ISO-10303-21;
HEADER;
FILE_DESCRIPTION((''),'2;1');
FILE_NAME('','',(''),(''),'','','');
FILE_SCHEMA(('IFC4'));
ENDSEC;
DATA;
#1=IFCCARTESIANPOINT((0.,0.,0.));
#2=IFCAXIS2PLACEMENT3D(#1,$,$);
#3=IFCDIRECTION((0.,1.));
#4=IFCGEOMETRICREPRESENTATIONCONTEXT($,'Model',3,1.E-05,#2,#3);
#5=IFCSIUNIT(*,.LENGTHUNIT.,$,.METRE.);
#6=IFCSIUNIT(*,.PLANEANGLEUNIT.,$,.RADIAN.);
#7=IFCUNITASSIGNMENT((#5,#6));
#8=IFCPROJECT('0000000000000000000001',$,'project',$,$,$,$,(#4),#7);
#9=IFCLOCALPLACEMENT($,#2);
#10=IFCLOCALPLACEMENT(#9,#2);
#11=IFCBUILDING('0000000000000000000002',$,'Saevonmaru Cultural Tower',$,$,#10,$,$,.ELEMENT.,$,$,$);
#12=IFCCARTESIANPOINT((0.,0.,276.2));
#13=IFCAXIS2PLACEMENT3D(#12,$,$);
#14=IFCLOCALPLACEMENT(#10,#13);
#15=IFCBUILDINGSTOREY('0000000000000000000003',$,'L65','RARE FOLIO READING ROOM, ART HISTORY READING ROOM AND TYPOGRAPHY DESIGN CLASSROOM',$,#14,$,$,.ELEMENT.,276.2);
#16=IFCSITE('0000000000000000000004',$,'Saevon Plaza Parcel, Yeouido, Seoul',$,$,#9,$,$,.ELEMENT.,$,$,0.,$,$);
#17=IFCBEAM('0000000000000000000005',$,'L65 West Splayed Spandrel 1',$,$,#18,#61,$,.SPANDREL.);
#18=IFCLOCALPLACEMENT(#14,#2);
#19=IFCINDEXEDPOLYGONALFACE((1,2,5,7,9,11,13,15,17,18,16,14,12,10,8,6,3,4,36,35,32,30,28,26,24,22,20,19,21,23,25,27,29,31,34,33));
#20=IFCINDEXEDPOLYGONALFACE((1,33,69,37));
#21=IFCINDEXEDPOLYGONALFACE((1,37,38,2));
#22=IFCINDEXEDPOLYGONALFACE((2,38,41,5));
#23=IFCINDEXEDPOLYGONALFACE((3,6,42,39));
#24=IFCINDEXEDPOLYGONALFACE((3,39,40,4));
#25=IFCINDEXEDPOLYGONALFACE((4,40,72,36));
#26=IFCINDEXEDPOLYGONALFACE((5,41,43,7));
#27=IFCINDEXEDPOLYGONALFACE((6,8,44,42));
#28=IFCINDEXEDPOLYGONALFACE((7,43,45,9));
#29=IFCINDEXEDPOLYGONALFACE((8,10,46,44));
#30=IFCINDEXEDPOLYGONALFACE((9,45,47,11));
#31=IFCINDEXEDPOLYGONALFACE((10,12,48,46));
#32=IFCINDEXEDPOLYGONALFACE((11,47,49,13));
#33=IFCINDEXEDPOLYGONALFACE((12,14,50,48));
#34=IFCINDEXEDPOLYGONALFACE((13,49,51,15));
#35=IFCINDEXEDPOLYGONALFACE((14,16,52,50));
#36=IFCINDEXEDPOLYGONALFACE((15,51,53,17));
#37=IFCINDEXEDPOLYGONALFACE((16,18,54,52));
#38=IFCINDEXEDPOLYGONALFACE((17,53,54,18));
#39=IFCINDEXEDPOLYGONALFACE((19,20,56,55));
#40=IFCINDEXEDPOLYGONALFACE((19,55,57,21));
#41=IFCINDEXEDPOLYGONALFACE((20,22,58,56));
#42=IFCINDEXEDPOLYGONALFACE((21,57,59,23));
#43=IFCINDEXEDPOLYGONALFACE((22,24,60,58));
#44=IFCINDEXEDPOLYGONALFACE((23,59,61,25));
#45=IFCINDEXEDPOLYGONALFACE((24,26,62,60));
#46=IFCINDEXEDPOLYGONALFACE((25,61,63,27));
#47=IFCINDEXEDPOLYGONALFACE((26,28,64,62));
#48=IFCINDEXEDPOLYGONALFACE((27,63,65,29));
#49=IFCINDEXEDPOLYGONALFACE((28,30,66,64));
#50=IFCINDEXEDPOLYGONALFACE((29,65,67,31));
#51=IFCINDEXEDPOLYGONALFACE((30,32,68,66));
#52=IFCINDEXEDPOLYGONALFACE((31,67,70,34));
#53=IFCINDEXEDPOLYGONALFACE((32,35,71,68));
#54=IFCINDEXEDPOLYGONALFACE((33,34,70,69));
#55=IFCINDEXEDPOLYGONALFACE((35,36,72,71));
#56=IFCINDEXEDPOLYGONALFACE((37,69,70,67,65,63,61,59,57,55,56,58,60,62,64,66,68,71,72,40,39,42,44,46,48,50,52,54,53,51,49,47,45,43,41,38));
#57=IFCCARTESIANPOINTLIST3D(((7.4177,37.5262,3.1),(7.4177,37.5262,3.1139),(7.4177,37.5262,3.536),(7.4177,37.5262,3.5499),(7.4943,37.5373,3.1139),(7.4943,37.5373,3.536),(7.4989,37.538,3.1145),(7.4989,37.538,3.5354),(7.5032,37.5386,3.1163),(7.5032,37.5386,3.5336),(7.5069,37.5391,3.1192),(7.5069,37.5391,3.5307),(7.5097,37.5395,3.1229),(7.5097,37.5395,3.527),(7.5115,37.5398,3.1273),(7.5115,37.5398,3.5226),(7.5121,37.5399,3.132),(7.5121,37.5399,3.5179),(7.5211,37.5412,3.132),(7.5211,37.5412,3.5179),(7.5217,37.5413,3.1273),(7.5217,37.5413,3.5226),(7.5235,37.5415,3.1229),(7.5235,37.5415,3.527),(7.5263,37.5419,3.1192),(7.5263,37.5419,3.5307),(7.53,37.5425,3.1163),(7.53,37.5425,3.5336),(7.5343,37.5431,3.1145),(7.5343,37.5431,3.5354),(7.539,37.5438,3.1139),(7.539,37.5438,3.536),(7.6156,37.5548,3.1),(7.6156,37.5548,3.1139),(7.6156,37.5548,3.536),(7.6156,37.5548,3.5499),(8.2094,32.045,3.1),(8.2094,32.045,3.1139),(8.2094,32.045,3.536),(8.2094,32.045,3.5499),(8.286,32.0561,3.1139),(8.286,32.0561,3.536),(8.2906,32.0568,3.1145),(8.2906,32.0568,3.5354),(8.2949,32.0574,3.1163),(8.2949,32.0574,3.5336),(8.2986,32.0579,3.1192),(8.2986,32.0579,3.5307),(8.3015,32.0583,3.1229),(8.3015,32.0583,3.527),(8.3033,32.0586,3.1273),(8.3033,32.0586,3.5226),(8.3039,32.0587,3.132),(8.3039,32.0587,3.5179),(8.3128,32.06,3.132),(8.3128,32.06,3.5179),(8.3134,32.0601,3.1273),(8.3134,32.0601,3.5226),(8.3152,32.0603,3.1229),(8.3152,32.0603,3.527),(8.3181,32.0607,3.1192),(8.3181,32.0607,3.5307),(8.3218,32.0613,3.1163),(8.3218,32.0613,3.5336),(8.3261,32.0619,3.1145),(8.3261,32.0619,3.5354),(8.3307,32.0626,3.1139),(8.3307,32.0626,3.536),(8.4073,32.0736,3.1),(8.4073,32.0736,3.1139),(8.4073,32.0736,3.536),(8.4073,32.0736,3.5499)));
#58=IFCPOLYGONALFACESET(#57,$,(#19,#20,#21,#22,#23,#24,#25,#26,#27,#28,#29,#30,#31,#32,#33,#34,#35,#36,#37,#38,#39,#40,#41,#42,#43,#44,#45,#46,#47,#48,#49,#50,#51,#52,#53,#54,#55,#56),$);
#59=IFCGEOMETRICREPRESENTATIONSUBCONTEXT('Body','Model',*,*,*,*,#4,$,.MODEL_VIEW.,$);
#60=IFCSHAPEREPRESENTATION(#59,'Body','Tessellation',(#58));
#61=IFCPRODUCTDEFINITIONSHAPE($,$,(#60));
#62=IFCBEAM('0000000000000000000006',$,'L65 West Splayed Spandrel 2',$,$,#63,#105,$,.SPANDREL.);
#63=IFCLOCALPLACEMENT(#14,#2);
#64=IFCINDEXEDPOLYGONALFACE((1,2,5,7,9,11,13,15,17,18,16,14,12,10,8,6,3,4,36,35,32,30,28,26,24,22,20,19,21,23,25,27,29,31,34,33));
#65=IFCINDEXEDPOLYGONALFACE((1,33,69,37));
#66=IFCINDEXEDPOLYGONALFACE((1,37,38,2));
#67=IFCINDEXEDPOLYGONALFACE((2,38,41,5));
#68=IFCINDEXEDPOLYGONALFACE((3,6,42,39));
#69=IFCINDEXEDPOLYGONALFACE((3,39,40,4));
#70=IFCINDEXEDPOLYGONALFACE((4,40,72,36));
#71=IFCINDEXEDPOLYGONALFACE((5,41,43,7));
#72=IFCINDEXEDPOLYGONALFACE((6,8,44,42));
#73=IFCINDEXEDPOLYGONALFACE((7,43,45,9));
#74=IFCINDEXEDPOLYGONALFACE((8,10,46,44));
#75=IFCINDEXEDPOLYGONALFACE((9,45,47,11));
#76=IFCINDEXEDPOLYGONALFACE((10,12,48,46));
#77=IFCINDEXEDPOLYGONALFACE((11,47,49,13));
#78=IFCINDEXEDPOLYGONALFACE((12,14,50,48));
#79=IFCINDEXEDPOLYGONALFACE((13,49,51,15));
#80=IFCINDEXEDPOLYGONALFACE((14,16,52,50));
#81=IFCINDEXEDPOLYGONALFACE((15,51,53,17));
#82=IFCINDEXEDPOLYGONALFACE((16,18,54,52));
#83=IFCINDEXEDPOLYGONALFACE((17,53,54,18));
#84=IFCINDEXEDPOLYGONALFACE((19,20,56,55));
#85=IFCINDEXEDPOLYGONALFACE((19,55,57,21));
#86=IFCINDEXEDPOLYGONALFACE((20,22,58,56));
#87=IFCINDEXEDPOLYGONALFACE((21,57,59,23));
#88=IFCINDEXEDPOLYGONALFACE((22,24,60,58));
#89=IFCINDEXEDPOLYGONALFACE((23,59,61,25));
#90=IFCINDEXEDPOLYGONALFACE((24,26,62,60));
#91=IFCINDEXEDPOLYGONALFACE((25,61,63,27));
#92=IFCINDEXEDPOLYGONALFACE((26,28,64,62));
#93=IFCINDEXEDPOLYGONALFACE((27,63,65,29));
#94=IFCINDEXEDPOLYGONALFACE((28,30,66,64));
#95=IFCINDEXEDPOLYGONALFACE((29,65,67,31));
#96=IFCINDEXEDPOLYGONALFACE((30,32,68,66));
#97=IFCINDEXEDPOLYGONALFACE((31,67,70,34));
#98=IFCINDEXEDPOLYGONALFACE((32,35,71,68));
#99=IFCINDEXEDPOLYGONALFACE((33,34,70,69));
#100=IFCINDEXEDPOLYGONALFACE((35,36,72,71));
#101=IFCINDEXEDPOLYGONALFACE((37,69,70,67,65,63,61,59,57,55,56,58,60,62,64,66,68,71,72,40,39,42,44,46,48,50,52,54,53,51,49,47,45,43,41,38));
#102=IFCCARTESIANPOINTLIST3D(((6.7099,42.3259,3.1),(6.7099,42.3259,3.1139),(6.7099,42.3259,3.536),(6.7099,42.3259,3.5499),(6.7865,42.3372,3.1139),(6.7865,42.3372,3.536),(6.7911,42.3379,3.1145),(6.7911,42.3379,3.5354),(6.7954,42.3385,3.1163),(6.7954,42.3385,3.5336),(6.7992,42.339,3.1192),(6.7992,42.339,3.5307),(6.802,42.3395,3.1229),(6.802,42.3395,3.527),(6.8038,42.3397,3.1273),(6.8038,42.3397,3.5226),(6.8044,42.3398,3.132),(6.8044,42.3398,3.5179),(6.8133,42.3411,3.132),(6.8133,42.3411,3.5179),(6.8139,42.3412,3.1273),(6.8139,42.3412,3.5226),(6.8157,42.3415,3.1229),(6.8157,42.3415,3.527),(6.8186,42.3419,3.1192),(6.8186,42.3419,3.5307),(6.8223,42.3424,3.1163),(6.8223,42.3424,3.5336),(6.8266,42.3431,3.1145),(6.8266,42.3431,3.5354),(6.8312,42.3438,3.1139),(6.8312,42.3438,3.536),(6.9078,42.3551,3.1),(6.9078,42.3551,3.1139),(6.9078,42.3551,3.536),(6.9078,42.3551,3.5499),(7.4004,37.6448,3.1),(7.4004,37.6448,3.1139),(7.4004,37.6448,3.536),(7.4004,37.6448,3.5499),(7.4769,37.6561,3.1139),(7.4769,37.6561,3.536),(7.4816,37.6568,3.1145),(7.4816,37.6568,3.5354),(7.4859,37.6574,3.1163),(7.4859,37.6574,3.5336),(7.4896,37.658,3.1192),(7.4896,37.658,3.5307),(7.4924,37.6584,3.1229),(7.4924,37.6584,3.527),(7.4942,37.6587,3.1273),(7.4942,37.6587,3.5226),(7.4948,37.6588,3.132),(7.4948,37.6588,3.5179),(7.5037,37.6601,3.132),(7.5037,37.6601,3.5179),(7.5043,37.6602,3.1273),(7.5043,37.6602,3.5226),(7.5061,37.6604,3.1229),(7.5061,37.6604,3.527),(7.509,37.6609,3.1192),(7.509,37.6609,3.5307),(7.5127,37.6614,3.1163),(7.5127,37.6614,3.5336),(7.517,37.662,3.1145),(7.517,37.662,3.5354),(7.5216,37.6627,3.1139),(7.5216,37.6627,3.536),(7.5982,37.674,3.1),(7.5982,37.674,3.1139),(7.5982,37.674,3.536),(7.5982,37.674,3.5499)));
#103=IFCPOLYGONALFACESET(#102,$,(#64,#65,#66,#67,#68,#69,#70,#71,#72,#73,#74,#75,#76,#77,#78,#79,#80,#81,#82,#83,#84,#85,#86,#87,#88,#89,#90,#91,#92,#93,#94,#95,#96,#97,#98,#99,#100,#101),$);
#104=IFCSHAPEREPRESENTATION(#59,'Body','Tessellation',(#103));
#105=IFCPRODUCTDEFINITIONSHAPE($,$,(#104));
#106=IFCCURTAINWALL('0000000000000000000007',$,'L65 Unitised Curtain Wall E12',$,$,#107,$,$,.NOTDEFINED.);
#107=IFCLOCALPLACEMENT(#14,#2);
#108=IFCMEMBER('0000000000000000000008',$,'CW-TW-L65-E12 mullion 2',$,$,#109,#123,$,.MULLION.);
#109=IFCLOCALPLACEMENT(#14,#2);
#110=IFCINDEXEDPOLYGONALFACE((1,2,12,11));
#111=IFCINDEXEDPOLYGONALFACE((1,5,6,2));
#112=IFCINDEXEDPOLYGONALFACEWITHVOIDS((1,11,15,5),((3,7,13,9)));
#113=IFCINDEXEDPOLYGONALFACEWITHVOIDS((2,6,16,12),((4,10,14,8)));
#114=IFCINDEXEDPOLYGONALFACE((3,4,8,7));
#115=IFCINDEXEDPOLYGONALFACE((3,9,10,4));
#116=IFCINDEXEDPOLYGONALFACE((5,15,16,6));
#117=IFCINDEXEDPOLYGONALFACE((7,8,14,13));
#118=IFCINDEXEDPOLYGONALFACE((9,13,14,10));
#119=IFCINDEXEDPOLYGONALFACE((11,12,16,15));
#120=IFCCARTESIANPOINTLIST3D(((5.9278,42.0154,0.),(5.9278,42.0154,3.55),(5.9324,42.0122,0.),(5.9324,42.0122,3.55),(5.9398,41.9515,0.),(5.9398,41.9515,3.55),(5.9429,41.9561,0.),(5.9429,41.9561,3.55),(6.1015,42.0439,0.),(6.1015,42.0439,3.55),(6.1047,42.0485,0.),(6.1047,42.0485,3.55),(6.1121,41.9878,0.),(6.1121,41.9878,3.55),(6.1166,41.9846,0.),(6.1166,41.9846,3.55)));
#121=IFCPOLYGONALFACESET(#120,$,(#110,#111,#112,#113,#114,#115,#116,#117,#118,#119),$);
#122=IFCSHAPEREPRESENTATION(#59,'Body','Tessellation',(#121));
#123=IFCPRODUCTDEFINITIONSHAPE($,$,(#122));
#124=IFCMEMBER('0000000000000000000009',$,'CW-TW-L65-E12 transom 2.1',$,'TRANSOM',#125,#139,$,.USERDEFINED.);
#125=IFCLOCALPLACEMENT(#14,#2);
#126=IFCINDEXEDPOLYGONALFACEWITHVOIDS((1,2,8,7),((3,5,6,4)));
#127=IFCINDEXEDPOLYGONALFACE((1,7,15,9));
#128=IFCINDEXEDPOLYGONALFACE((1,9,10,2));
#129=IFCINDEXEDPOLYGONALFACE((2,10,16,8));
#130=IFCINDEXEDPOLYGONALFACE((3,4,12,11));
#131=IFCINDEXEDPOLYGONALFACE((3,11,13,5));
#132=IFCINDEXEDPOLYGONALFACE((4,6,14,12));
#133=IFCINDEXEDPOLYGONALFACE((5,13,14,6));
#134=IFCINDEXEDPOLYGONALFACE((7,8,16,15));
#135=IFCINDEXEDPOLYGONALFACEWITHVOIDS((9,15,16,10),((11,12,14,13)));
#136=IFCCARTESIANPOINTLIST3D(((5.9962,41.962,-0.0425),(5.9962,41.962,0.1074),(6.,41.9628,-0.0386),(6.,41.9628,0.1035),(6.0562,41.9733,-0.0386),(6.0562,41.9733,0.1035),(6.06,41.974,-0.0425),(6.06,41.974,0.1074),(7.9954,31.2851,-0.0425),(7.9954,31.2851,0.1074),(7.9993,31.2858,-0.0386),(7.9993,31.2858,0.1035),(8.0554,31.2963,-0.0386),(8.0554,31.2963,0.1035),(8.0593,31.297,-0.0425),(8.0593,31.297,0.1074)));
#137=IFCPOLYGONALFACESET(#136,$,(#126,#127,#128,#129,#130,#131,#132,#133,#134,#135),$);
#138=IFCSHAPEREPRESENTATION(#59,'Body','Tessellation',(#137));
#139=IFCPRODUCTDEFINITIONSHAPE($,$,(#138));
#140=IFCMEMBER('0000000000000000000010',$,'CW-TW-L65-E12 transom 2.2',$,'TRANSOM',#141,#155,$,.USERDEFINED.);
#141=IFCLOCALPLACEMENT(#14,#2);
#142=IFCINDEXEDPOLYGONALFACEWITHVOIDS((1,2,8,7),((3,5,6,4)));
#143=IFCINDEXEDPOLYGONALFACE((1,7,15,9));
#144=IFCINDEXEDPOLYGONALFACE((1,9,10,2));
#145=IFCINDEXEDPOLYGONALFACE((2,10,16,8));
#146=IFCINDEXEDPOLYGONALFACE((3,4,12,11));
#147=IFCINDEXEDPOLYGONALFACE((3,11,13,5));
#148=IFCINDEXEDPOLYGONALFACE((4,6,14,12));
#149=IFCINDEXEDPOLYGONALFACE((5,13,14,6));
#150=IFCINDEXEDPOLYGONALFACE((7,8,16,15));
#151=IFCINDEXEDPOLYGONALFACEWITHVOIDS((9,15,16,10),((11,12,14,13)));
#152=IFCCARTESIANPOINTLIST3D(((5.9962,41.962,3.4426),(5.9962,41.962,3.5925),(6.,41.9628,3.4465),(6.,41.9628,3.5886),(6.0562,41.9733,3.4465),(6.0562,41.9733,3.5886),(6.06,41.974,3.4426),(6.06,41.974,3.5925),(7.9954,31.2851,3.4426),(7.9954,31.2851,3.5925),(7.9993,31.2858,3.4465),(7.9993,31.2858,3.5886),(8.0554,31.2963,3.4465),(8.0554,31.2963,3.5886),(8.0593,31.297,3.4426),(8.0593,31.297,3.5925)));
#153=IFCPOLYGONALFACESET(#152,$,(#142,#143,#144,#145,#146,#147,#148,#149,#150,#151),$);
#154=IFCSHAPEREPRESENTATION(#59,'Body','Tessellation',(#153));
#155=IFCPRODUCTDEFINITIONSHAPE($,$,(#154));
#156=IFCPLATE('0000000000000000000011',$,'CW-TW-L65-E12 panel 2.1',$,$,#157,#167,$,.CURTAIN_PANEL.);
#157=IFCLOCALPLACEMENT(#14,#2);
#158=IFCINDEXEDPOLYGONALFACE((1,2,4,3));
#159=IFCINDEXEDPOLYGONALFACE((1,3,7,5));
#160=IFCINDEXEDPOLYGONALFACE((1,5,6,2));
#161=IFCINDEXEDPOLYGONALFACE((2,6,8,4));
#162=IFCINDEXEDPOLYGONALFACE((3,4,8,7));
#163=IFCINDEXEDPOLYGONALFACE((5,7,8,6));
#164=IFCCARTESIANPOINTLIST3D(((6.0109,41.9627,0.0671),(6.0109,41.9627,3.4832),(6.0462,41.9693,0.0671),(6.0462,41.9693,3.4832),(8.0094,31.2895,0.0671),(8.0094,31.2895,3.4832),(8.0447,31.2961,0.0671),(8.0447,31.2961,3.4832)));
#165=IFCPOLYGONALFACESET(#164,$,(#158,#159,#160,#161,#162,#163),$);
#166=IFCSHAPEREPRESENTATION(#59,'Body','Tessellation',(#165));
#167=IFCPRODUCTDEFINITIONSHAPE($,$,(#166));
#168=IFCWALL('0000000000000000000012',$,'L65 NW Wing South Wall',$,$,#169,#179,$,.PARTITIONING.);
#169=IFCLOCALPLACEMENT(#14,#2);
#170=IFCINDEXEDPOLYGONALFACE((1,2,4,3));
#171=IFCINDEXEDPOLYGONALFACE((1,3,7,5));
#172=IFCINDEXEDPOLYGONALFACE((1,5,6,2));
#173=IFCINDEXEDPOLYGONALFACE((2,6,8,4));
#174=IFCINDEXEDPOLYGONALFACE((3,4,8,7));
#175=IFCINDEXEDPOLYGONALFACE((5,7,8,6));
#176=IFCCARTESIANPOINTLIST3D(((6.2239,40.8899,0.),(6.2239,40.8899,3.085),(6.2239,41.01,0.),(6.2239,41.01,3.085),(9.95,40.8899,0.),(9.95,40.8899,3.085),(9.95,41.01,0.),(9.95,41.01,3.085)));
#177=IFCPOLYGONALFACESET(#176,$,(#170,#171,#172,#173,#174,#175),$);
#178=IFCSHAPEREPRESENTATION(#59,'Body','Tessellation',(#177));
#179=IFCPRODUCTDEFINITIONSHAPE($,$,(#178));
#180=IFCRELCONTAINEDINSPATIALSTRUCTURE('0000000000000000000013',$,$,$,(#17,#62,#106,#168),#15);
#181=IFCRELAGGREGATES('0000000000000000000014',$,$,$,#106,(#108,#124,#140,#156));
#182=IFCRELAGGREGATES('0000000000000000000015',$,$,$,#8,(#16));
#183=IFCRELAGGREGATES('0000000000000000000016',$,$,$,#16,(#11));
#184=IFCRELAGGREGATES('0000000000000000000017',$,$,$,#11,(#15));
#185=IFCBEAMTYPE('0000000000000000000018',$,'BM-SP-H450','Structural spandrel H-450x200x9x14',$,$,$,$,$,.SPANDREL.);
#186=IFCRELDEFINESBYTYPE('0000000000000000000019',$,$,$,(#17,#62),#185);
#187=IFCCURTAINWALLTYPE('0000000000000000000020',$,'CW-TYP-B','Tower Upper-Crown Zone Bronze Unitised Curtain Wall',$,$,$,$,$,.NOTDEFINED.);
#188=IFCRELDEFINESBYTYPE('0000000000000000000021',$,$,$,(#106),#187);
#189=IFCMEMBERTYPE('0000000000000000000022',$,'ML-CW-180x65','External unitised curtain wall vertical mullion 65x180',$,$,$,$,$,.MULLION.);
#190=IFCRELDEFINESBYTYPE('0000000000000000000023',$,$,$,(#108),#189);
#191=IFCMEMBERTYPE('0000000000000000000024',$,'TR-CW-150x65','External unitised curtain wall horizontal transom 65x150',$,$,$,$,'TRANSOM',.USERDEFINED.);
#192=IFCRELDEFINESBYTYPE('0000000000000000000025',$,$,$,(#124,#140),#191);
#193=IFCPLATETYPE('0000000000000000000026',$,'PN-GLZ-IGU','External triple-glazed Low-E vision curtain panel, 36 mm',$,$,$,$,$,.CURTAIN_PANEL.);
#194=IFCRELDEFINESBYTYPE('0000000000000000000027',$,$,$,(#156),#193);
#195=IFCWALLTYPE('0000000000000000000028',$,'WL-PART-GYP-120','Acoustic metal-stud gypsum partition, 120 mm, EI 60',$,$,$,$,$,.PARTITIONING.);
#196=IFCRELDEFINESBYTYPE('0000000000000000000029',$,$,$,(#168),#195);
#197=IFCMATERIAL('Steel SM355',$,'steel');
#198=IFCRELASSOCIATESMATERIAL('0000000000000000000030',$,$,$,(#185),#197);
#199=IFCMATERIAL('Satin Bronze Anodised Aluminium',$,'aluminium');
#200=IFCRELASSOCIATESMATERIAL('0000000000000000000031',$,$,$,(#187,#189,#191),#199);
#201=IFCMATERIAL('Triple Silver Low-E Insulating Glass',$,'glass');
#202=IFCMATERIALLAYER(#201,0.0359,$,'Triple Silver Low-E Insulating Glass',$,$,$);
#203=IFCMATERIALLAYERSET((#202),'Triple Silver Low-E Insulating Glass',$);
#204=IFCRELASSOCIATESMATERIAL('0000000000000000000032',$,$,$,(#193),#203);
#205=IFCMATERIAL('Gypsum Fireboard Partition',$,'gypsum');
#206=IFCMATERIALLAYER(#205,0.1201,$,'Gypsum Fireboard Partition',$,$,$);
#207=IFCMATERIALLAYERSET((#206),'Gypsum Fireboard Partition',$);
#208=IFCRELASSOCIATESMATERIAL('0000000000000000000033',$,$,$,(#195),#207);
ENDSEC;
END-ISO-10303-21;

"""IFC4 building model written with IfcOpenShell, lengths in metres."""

from ifc_helpers import new_model, si_unit, direction, frame, frame_2d, origin, origin_2d, place, context, subcontext, project, spatial, rectangle, hollow_rectangle, i_section, extrude, material, layer, layer_set, material_profile, profile_set, type_object, element, aggregate, save


model = new_model("IFC4")

# Units and contexts
model_context = context("Model", 3, precision=1e-05, world=origin(), true_north=direction((0.0, 1.0)))
body_context = subcontext(model_context, "Body", "Model", "MODEL_VIEW")
ifc_project = project(units=[si_unit("LENGTHUNIT", "METRE"), si_unit("PLANEANGLEUNIT", "RADIAN")], contexts=[model_context])

# Site, building, storey
site_placement = place(None, origin())
site = spatial("IfcSite", under=ifc_project, at=site_placement, Name="Saevon Plaza Parcel, Yeouido, Seoul", CompositionType="ELEMENT", RefElevation=0.0)
building_placement = place(site_placement, origin())
building = spatial("IfcBuilding", under=site, at=building_placement, Name="Saevonmaru Cultural Tower", CompositionType="ELEMENT")
storey_placement = place(building_placement, frame((0.0, 0.0, 276.2)))
storey = spatial("IfcBuildingStorey", under=building, at=storey_placement, Name="L65", Description="RARE FOLIO READING ROOM, ART HISTORY READING ROOM AND TYPOGRAPHY DESIGN CLASSROOM", CompositionType="ELEMENT", Elevation=276.2)

# Shared definitions
ifc_material_1 = material(Name="Steel SM355", Category="steel")

# Beams
ifc_material_profile_1 = material_profile(ifc_material_1, i_section(OverallWidth=0.2, OverallDepth=0.45, WebThickness=0.009, FlangeThickness=0.0139, FilletRadius=0.0181, at=origin_2d()), Name="H-450x200x9x14")
ifc_profile_set_1 = profile_set([ifc_material_profile_1], Name="Steel SM355")
beam_type_1 = type_object("IfcBeamType", Name="BM-SP-H450", Description="Structural spandrel H-450x200x9x14", PredefinedType="SPANDREL", material=ifc_profile_set_1)
beam_1_placement = place(storey_placement, frame((8.3083, 32.0593, 3.325), z_axis=(-0.142964, 0.989728, 0.0), x_axis=(-0.989728, -0.142964, 0.0)))
element("IfcBeam", 1, at=beam_1_placement, inside=storey, type_object=beam_type_1, Name="L65 West Splayed Spandrel 1", PredefinedType="SPANDREL", context=body_context, shape_type="SweptSolid", body=[
    extrude(i_section(OverallWidth=0.2, OverallDepth=0.45, WebThickness=0.009, FlangeThickness=0.0139, FilletRadius=0.0181, at=origin_2d()), origin(), (0.0, 0.0, 1.0), 5.5381),
])
beam_2_placement = place(storey_placement, frame((7.4993, 37.6594, 3.325), z_axis=(-0.145913, 0.989297, 0.0), x_axis=(-0.989297, -0.145913, 0.0)))
element("IfcBeam", 2, at=beam_2_placement, inside=storey, type_object=beam_type_1, Name="L65 West Splayed Spandrel 2", PredefinedType="SPANDREL", context=body_context, shape_type="SweptSolid", body=[
    extrude(i_section(OverallWidth=0.2, OverallDepth=0.45, WebThickness=0.009, FlangeThickness=0.0139, FilletRadius=0.0181, at=origin_2d()), origin(), (0.0, 0.0, 1.0), 4.7317),
])

# Curtain wall, members, plate
ifc_material_2 = material(Name="Satin Bronze Anodised Aluminium", Category="aluminium")
curtain_wall_type = type_object("IfcCurtainWallType", Name="CW-TYP-B", Description="Tower Upper-Crown Zone Bronze Unitised Curtain Wall", PredefinedType="NOTDEFINED", material=ifc_material_2)
curtain_wall_placement = place(storey_placement, origin())
curtain_wall = element("IfcCurtainWall", 3, at=curtain_wall_placement, inside=storey, type_object=curtain_wall_type, Name="L65 Unitised Curtain Wall E12", PredefinedType="NOTDEFINED")
ifc_material_profile_2 = material_profile(ifc_material_2, hollow_rectangle(XDim=0.0649, YDim=0.1799, WallThickness=0.0039, at=origin_2d()), Name="ALU-MULL-180x65x4")
ifc_profile_set_2 = profile_set([ifc_material_profile_2], Name="Satin Bronze Anodised Aluminium")
member_type_1 = type_object("IfcMemberType", Name="ML-CW-180x65", Description="External unitised curtain wall vertical mullion 65x180", PredefinedType="MULLION", material=ifc_profile_set_2)
member_1_placement = place(storey_placement, frame((6.0222, 42.0, 0.0), z_axis=(0.0, 0.0, 1.0), x_axis=(0.184047, -0.982918, 0.0)))
member_1 = element("IfcMember", 4, at=member_1_placement, type_object=member_type_1, Name="CW-TW-L65-E12 mullion 2", PredefinedType="MULLION", context=body_context, shape_type="SweptSolid", body=[
    extrude(hollow_rectangle(XDim=0.0649, YDim=0.1799, WallThickness=0.0039, at=origin_2d()), origin(), (0.0, 0.0, 1.0), 3.55),
])
ifc_material_profile_3 = material_profile(ifc_material_2, hollow_rectangle(XDim=0.0649, YDim=0.1499, WallThickness=0.0039, at=origin_2d()), Name="ALU-TRAN-150x65x4")
ifc_profile_set_3 = profile_set([ifc_material_profile_3], Name="Satin Bronze Anodised Aluminium")
member_type_2 = type_object("IfcMemberType", Name="TR-CW-150x65", Description="External unitised curtain wall horizontal transom 65x150", ElementType="TRANSOM", PredefinedType="USERDEFINED", material=ifc_profile_set_3)
member_2_placement = place(storey_placement, frame((6.0281, 41.968, 0.0325), z_axis=(0.184051, -0.982917, 0.0), x_axis=(0.982917, 0.184051, 0.0)))
member_2 = element("IfcMember", 5, at=member_2_placement, type_object=member_type_2, Name="CW-TW-L65-E12 transom 2.1", ObjectType="TRANSOM", PredefinedType="USERDEFINED", context=body_context, shape_type="SweptSolid", body=[
    extrude(hollow_rectangle(XDim=0.0649, YDim=0.1499, WallThickness=0.0039, at=origin_2d()), origin(), (0.0, 0.0, 1.0), 10.8625),
])
member_3_placement = place(storey_placement, frame((6.0281, 41.968, 3.5176), z_axis=(0.184051, -0.982917, 0.0), x_axis=(0.982917, 0.184051, 0.0)))
member_3 = element("IfcMember", 6, at=member_3_placement, type_object=member_type_2, Name="CW-TW-L65-E12 transom 2.2", ObjectType="TRANSOM", PredefinedType="USERDEFINED", context=body_context, shape_type="SweptSolid", body=[
    extrude(hollow_rectangle(XDim=0.0649, YDim=0.1499, WallThickness=0.0039, at=origin_2d()), origin(), (0.0, 0.0, 1.0), 10.8625),
])
ifc_material_3 = material(Name="Triple Silver Low-E Insulating Glass", Category="glass")
ifc_layer_1 = layer(ifc_material_3, 0.0359, Name="Triple Silver Low-E Insulating Glass")
ifc_layer_set_1 = layer_set([ifc_layer_1], Name="Triple Silver Low-E Insulating Glass")
plate_type = type_object("IfcPlateType", Name="PN-GLZ-IGU", Description="External triple-glazed Low-E vision curtain panel, 36 mm", PredefinedType="CURTAIN_PANEL", material=ifc_layer_set_1)
plate_placement = place(storey_placement, frame((7.0278, 36.6294, 0.0671), z_axis=(0.0, 0.0, 1.0), x_axis=(0.184047, -0.982918, 0.0)))
plate = element("IfcPlate", 7, at=plate_placement, type_object=plate_type, Name="CW-TW-L65-E12 panel 2.1", PredefinedType="CURTAIN_PANEL", context=body_context, shape_type="SweptSolid", body=[
    extrude(rectangle(XDim=10.8586, YDim=0.0359, at=origin_2d()), origin(), (0.0, 0.0, 1.0), 3.416),
])
aggregate(curtain_wall, [member_1, member_2, member_3, plate])

# Wall
ifc_material_4 = material(Name="Gypsum Fireboard Partition", Category="gypsum")
ifc_layer_2 = layer(ifc_material_4, 0.1201, Name="Gypsum Fireboard Partition")
ifc_layer_set_2 = layer_set([ifc_layer_2], Name="Gypsum Fireboard Partition")
wall_type = type_object("IfcWallType", Name="WL-PART-GYP-120", Description="Acoustic metal-stud gypsum partition, 120 mm, EI 60", PredefinedType="PARTITIONING", material=ifc_layer_set_2)
wall_1_placement = place(storey_placement, frame((6.2239, 40.95, 0.0), z_axis=(0.0, 0.0, 1.0), x_axis=(1.0, 0.0, 0.0)))
element("IfcWall", 8, at=wall_1_placement, inside=storey, type_object=wall_type, Name="L65 NW Wing South Wall", PredefinedType="PARTITIONING", context=body_context, shape_type="SweptSolid", body=[
    extrude(rectangle(XDim=3.7261, YDim=0.1201, at=frame_2d((1.863, 0.0))), origin(), (0.0, 0.0, 1.0), 3.085),
])

save(model, "model.ifc")
